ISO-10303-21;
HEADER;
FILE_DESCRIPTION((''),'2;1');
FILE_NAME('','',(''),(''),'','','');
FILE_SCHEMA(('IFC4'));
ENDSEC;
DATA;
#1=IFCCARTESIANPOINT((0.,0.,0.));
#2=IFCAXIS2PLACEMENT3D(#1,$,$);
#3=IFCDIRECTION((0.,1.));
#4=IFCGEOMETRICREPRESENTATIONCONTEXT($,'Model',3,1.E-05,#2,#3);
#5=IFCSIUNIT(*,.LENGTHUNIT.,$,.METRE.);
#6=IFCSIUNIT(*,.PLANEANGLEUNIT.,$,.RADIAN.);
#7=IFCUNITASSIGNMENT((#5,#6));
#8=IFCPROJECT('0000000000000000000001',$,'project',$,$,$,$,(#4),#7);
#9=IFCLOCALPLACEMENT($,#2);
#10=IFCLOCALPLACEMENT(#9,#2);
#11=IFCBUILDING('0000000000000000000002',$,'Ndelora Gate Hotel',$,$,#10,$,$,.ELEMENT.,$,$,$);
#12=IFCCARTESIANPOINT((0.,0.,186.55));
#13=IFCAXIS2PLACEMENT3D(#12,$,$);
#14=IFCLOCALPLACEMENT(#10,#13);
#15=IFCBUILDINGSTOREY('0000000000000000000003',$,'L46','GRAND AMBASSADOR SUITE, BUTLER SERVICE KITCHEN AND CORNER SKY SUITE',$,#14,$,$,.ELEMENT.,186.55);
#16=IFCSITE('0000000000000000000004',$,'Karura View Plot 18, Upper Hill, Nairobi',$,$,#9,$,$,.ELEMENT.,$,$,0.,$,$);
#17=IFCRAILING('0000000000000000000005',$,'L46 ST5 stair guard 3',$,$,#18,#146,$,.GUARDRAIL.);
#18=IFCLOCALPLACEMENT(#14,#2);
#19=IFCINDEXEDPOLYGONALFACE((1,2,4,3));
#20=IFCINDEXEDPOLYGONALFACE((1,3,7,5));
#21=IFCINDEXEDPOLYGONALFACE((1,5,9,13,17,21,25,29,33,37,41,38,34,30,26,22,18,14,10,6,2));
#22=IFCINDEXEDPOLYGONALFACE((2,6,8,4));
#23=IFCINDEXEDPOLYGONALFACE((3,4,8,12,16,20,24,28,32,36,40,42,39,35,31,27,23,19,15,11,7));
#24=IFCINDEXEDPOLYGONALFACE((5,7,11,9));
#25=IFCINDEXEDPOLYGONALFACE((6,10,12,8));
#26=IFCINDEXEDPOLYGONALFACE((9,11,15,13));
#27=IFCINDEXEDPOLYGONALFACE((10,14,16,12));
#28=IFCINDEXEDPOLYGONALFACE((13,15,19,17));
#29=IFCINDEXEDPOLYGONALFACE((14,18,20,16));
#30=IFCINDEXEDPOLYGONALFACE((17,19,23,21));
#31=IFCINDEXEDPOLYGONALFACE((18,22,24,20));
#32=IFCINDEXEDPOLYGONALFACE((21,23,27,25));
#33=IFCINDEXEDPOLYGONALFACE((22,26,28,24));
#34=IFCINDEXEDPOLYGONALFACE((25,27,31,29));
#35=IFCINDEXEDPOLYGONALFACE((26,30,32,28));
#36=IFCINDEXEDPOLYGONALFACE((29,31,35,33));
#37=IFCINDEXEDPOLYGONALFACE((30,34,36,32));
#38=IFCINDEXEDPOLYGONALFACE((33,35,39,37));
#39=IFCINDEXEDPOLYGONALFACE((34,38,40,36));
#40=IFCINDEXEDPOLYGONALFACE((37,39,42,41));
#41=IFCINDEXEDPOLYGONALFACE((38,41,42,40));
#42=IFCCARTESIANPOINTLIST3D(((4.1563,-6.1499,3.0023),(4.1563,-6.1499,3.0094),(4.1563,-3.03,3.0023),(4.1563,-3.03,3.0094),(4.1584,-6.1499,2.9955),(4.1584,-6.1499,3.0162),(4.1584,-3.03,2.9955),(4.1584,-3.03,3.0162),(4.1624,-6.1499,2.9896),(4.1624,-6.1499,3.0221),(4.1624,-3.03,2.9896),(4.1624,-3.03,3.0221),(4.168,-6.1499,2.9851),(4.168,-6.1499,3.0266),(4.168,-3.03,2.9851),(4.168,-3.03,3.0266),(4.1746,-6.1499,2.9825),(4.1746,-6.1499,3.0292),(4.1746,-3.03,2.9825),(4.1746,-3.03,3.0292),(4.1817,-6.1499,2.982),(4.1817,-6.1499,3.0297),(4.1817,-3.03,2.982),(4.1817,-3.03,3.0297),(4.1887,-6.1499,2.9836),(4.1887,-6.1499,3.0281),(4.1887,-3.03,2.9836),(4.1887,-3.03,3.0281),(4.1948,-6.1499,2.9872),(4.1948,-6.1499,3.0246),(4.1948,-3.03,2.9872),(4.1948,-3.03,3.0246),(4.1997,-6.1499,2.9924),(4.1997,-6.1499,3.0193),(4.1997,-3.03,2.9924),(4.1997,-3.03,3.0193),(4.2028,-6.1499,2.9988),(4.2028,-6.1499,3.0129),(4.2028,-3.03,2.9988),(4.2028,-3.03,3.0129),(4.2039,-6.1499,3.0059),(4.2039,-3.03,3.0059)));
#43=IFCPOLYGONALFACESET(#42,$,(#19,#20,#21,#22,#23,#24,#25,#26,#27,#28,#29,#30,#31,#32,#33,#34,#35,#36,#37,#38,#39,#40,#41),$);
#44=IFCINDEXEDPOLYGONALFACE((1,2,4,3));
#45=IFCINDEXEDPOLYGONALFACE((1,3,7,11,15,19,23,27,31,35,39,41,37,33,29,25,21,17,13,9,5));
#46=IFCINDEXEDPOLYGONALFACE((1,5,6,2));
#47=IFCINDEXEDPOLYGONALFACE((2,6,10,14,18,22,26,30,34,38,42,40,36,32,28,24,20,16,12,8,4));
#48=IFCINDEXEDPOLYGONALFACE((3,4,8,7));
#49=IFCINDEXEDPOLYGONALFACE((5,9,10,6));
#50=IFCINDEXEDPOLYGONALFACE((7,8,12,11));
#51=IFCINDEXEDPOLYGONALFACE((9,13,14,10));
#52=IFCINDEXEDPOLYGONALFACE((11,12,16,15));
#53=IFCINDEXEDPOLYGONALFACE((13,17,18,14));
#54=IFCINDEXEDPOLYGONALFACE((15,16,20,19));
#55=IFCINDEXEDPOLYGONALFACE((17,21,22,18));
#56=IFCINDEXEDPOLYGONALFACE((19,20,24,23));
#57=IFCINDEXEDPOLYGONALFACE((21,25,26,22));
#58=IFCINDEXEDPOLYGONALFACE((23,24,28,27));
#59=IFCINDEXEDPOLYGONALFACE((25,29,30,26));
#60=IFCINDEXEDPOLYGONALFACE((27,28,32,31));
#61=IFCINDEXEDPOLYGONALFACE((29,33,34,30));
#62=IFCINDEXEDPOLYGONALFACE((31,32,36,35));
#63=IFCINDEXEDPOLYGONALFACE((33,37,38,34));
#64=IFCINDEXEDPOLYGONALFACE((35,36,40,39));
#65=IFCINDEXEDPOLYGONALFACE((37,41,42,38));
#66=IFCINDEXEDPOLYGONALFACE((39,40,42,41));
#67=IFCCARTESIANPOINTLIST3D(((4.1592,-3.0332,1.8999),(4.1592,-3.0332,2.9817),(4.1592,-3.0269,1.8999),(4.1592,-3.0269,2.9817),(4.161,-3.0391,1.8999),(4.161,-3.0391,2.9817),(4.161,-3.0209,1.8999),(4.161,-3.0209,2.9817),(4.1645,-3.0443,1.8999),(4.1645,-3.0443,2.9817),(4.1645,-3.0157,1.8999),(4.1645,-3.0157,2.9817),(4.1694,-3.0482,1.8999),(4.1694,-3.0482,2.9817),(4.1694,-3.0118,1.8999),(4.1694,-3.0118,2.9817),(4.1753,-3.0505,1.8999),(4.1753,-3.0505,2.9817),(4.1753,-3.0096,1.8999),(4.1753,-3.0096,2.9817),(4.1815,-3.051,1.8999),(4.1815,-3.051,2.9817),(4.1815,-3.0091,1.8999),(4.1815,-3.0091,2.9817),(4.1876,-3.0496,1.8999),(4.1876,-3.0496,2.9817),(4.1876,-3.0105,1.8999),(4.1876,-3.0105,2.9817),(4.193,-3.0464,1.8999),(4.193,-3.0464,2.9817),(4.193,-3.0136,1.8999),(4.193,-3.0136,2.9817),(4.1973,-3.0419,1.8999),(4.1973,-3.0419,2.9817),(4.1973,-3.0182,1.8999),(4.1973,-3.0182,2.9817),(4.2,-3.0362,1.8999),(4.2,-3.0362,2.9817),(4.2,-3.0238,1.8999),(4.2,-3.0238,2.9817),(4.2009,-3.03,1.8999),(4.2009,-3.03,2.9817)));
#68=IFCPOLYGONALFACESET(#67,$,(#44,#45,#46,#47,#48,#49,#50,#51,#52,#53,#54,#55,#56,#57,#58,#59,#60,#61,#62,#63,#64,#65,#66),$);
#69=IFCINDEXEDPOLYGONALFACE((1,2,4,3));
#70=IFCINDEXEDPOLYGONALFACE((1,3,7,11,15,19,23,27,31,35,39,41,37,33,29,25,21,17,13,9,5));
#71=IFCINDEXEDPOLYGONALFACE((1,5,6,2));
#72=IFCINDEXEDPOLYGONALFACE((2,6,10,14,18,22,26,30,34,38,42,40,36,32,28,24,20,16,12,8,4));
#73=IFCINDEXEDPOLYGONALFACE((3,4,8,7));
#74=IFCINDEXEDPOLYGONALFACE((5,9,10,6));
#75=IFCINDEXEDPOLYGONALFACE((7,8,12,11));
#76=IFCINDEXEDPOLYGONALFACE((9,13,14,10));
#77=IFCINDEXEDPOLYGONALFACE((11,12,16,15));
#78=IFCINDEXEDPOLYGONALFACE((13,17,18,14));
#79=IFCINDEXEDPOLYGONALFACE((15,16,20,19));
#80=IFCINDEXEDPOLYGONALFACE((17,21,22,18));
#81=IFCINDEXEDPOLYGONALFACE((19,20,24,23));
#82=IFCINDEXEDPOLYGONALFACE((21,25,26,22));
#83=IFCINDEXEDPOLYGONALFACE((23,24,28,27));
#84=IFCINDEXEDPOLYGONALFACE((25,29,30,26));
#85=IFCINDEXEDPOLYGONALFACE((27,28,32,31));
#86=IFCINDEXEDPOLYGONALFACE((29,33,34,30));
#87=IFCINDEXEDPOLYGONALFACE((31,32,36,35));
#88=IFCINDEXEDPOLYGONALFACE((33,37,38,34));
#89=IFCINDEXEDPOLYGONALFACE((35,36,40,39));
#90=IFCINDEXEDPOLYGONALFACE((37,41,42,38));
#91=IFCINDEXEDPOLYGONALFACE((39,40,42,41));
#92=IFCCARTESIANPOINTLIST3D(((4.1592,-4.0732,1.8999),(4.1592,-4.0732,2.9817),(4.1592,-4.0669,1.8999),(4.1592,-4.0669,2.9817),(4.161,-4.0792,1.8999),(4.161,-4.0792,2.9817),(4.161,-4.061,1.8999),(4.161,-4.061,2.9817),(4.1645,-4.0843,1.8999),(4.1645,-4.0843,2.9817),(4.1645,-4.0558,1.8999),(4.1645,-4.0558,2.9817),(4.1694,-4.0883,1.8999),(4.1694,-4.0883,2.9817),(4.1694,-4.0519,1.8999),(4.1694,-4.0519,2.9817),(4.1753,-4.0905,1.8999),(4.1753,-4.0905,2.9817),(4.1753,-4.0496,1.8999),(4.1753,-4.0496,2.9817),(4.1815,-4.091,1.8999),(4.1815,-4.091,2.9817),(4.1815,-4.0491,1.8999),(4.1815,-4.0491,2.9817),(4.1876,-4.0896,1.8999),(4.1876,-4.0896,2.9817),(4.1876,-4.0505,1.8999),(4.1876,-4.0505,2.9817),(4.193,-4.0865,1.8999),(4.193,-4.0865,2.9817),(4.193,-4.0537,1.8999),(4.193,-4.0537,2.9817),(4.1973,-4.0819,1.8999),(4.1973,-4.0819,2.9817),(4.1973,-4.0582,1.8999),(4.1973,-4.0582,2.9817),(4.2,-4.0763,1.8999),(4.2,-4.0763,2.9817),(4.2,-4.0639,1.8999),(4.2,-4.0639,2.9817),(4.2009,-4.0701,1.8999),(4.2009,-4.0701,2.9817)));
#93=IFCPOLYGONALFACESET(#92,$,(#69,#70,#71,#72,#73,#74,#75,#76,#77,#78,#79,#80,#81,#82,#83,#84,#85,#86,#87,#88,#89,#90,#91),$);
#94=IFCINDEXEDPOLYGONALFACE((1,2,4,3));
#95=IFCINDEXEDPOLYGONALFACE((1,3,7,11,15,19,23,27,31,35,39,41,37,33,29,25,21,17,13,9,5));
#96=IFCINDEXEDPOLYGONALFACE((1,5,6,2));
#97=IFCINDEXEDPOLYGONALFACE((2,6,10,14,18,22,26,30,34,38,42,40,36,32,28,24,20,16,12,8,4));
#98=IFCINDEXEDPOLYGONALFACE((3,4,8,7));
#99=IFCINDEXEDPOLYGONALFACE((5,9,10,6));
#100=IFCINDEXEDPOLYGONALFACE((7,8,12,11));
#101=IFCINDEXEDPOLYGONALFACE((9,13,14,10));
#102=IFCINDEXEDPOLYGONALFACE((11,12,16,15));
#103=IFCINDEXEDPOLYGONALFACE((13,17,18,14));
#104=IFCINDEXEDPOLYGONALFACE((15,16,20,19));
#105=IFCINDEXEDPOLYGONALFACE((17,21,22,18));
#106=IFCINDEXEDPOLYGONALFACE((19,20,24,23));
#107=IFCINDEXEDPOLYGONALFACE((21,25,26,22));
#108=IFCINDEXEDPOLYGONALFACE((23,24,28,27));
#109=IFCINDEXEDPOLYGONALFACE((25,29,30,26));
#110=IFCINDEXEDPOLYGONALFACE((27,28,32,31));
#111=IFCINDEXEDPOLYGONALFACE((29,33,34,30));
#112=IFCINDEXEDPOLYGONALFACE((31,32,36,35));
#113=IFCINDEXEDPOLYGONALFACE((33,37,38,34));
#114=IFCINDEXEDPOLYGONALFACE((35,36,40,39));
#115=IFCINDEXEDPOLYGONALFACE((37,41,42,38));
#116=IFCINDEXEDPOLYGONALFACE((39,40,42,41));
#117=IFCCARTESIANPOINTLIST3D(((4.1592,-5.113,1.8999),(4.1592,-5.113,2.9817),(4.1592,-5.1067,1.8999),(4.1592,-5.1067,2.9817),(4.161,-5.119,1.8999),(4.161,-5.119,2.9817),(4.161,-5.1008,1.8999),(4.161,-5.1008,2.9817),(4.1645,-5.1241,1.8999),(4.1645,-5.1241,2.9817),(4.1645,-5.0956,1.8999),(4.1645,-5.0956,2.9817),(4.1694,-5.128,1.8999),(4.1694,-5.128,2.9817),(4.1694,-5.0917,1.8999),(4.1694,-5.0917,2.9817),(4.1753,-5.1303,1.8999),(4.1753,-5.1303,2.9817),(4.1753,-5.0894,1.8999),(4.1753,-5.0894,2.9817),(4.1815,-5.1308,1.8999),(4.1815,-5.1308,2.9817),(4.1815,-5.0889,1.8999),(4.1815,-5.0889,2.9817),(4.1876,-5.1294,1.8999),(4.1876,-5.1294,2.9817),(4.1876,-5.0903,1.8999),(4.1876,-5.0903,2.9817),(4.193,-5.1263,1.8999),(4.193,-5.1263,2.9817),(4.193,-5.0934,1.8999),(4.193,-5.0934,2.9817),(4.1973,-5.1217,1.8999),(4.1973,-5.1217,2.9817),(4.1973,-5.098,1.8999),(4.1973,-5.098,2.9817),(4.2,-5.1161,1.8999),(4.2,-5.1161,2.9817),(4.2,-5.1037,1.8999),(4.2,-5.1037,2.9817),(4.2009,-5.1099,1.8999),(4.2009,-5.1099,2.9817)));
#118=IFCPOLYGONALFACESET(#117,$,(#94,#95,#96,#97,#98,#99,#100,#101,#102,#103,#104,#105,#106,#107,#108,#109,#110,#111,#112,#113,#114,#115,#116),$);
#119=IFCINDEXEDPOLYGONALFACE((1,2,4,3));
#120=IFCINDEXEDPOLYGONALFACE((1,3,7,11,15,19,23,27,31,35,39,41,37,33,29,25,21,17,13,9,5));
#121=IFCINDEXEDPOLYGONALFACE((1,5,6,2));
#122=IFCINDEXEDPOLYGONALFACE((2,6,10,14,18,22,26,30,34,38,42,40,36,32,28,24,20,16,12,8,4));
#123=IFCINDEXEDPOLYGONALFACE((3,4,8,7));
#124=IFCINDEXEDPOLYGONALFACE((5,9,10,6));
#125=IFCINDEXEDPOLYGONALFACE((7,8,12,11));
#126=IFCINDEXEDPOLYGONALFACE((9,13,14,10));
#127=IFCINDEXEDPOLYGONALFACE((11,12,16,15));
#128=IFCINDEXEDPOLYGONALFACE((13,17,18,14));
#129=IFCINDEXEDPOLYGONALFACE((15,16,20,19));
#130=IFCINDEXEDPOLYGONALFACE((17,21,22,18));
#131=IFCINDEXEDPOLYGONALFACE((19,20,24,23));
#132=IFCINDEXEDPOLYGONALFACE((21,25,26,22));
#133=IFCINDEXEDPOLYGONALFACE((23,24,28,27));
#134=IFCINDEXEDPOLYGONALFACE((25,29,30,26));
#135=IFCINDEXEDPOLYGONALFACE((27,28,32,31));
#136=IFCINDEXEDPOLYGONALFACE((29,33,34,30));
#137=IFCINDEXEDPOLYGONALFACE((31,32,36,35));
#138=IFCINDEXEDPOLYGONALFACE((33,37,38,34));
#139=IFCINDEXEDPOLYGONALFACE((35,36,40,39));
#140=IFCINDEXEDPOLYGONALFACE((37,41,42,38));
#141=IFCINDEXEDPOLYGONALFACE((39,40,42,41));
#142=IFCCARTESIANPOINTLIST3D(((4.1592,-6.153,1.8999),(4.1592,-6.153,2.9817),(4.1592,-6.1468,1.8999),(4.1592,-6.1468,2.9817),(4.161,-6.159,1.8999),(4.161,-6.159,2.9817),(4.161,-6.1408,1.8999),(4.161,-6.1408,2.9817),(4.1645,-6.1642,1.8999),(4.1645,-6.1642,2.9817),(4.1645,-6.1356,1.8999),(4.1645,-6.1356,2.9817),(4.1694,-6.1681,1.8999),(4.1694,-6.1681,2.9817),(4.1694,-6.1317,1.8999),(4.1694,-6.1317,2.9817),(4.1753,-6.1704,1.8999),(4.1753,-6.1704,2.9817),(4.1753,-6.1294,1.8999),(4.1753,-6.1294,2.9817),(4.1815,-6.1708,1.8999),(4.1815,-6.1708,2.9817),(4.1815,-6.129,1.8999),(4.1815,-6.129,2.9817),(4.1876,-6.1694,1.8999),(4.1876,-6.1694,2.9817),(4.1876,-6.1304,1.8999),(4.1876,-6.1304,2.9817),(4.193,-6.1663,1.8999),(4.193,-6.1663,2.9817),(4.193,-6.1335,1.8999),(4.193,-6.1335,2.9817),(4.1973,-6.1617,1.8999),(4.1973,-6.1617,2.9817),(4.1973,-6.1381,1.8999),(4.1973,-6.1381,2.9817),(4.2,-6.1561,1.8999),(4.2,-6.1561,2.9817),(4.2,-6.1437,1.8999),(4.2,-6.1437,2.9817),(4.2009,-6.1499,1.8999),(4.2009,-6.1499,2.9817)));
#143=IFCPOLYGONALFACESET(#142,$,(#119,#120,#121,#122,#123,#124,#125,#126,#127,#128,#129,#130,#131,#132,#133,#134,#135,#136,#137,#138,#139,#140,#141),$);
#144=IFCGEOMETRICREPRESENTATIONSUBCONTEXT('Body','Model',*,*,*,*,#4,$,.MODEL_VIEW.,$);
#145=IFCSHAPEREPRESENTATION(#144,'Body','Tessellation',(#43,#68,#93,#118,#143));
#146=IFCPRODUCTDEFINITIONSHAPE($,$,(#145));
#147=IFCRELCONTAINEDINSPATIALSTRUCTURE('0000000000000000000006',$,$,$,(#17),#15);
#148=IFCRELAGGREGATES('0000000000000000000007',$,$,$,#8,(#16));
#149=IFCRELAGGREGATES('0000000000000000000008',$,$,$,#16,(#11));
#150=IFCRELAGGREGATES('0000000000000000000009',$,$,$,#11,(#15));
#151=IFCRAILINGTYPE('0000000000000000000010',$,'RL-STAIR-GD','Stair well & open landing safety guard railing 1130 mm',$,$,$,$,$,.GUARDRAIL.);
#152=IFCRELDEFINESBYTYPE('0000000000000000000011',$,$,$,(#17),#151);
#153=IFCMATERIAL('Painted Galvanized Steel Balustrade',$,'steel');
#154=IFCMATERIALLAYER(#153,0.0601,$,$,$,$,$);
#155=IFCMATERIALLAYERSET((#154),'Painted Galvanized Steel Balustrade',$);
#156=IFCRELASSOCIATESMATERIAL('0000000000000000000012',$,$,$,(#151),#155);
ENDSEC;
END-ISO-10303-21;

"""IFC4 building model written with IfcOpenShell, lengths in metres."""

from ifc_helpers import new_model, si_unit, direction, frame, origin, origin_2d, place, context, subcontext, project, spatial, circle, extrude, material, layer, layer_set, type_object, element, save


model = new_model("IFC4")

# Units and contexts
model_context = context("Model", 3, precision=1e-05, world=origin(), true_north=direction((0.0, 1.0)))
body_context = subcontext(model_context, "Body", "Model", "MODEL_VIEW")
ifc_project = project(units=[si_unit("LENGTHUNIT", "METRE"), si_unit("PLANEANGLEUNIT", "RADIAN")], contexts=[model_context])

# Site, building, storey
site_placement = place(None, origin())
site = spatial("IfcSite", under=ifc_project, at=site_placement, Name="Karura View Plot 18, Upper Hill, Nairobi", CompositionType="ELEMENT", RefElevation=0.0)
building_placement = place(site_placement, origin())
building = spatial("IfcBuilding", under=site, at=building_placement, Name="Ndelora Gate Hotel", CompositionType="ELEMENT")
storey_placement = place(building_placement, frame((0.0, 0.0, 186.55)))
storey = spatial("IfcBuildingStorey", under=building, at=storey_placement, Name="L46", Description="GRAND AMBASSADOR SUITE, BUTLER SERVICE KITCHEN AND CORNER SKY SUITE", CompositionType="ELEMENT", Elevation=186.55)

# Railing
ifc_material_1 = material(Name="Painted Galvanized Steel Balustrade", Category="steel")
ifc_layer_1 = layer(ifc_material_1, 0.0601)
ifc_layer_set_1 = layer_set([ifc_layer_1], Name="Painted Galvanized Steel Balustrade")
railing_type_1 = type_object("IfcRailingType", Name="RL-STAIR-GD", Description="Stair well & open landing safety guard railing 1130 mm", PredefinedType="GUARDRAIL", material=ifc_layer_set_1)
railing_1_placement = place(storey_placement, frame((4.1799, -3.03, 1.8999)))
element("IfcRailing", 1, at=railing_1_placement, inside=storey, type_object=railing_type_1, Name="L46 ST5 stair guard 3", PredefinedType="GUARDRAIL", context=body_context, shape_type="SweptSolid", body=[
    extrude(circle(Radius=0.0239, at=origin_2d()), frame((0.0, 0.0, 1.106), z_axis=(0.0, -1.0, 0.0), x_axis=(1.0, 0.0, 0.0)), (0.0, 0.0, 1.0), 3.1199),
    extrude(circle(Radius=0.021, at=origin_2d()), origin(), (0.0, 0.0, 1.0), 1.0818),
    extrude(circle(Radius=0.021, at=origin_2d()), frame((0.0, -1.04, 0.0)), (0.0, 0.0, 1.0), 1.0818),
    extrude(circle(Radius=0.021, at=origin_2d()), frame((0.0, -2.0798, 0.0)), (0.0, 0.0, 1.0), 1.0818),
    extrude(circle(Radius=0.021, at=origin_2d()), frame((0.0, -3.1199, 0.0)), (0.0, 0.0, 1.0), 1.0818),
])

save(model, "model.ifc")
